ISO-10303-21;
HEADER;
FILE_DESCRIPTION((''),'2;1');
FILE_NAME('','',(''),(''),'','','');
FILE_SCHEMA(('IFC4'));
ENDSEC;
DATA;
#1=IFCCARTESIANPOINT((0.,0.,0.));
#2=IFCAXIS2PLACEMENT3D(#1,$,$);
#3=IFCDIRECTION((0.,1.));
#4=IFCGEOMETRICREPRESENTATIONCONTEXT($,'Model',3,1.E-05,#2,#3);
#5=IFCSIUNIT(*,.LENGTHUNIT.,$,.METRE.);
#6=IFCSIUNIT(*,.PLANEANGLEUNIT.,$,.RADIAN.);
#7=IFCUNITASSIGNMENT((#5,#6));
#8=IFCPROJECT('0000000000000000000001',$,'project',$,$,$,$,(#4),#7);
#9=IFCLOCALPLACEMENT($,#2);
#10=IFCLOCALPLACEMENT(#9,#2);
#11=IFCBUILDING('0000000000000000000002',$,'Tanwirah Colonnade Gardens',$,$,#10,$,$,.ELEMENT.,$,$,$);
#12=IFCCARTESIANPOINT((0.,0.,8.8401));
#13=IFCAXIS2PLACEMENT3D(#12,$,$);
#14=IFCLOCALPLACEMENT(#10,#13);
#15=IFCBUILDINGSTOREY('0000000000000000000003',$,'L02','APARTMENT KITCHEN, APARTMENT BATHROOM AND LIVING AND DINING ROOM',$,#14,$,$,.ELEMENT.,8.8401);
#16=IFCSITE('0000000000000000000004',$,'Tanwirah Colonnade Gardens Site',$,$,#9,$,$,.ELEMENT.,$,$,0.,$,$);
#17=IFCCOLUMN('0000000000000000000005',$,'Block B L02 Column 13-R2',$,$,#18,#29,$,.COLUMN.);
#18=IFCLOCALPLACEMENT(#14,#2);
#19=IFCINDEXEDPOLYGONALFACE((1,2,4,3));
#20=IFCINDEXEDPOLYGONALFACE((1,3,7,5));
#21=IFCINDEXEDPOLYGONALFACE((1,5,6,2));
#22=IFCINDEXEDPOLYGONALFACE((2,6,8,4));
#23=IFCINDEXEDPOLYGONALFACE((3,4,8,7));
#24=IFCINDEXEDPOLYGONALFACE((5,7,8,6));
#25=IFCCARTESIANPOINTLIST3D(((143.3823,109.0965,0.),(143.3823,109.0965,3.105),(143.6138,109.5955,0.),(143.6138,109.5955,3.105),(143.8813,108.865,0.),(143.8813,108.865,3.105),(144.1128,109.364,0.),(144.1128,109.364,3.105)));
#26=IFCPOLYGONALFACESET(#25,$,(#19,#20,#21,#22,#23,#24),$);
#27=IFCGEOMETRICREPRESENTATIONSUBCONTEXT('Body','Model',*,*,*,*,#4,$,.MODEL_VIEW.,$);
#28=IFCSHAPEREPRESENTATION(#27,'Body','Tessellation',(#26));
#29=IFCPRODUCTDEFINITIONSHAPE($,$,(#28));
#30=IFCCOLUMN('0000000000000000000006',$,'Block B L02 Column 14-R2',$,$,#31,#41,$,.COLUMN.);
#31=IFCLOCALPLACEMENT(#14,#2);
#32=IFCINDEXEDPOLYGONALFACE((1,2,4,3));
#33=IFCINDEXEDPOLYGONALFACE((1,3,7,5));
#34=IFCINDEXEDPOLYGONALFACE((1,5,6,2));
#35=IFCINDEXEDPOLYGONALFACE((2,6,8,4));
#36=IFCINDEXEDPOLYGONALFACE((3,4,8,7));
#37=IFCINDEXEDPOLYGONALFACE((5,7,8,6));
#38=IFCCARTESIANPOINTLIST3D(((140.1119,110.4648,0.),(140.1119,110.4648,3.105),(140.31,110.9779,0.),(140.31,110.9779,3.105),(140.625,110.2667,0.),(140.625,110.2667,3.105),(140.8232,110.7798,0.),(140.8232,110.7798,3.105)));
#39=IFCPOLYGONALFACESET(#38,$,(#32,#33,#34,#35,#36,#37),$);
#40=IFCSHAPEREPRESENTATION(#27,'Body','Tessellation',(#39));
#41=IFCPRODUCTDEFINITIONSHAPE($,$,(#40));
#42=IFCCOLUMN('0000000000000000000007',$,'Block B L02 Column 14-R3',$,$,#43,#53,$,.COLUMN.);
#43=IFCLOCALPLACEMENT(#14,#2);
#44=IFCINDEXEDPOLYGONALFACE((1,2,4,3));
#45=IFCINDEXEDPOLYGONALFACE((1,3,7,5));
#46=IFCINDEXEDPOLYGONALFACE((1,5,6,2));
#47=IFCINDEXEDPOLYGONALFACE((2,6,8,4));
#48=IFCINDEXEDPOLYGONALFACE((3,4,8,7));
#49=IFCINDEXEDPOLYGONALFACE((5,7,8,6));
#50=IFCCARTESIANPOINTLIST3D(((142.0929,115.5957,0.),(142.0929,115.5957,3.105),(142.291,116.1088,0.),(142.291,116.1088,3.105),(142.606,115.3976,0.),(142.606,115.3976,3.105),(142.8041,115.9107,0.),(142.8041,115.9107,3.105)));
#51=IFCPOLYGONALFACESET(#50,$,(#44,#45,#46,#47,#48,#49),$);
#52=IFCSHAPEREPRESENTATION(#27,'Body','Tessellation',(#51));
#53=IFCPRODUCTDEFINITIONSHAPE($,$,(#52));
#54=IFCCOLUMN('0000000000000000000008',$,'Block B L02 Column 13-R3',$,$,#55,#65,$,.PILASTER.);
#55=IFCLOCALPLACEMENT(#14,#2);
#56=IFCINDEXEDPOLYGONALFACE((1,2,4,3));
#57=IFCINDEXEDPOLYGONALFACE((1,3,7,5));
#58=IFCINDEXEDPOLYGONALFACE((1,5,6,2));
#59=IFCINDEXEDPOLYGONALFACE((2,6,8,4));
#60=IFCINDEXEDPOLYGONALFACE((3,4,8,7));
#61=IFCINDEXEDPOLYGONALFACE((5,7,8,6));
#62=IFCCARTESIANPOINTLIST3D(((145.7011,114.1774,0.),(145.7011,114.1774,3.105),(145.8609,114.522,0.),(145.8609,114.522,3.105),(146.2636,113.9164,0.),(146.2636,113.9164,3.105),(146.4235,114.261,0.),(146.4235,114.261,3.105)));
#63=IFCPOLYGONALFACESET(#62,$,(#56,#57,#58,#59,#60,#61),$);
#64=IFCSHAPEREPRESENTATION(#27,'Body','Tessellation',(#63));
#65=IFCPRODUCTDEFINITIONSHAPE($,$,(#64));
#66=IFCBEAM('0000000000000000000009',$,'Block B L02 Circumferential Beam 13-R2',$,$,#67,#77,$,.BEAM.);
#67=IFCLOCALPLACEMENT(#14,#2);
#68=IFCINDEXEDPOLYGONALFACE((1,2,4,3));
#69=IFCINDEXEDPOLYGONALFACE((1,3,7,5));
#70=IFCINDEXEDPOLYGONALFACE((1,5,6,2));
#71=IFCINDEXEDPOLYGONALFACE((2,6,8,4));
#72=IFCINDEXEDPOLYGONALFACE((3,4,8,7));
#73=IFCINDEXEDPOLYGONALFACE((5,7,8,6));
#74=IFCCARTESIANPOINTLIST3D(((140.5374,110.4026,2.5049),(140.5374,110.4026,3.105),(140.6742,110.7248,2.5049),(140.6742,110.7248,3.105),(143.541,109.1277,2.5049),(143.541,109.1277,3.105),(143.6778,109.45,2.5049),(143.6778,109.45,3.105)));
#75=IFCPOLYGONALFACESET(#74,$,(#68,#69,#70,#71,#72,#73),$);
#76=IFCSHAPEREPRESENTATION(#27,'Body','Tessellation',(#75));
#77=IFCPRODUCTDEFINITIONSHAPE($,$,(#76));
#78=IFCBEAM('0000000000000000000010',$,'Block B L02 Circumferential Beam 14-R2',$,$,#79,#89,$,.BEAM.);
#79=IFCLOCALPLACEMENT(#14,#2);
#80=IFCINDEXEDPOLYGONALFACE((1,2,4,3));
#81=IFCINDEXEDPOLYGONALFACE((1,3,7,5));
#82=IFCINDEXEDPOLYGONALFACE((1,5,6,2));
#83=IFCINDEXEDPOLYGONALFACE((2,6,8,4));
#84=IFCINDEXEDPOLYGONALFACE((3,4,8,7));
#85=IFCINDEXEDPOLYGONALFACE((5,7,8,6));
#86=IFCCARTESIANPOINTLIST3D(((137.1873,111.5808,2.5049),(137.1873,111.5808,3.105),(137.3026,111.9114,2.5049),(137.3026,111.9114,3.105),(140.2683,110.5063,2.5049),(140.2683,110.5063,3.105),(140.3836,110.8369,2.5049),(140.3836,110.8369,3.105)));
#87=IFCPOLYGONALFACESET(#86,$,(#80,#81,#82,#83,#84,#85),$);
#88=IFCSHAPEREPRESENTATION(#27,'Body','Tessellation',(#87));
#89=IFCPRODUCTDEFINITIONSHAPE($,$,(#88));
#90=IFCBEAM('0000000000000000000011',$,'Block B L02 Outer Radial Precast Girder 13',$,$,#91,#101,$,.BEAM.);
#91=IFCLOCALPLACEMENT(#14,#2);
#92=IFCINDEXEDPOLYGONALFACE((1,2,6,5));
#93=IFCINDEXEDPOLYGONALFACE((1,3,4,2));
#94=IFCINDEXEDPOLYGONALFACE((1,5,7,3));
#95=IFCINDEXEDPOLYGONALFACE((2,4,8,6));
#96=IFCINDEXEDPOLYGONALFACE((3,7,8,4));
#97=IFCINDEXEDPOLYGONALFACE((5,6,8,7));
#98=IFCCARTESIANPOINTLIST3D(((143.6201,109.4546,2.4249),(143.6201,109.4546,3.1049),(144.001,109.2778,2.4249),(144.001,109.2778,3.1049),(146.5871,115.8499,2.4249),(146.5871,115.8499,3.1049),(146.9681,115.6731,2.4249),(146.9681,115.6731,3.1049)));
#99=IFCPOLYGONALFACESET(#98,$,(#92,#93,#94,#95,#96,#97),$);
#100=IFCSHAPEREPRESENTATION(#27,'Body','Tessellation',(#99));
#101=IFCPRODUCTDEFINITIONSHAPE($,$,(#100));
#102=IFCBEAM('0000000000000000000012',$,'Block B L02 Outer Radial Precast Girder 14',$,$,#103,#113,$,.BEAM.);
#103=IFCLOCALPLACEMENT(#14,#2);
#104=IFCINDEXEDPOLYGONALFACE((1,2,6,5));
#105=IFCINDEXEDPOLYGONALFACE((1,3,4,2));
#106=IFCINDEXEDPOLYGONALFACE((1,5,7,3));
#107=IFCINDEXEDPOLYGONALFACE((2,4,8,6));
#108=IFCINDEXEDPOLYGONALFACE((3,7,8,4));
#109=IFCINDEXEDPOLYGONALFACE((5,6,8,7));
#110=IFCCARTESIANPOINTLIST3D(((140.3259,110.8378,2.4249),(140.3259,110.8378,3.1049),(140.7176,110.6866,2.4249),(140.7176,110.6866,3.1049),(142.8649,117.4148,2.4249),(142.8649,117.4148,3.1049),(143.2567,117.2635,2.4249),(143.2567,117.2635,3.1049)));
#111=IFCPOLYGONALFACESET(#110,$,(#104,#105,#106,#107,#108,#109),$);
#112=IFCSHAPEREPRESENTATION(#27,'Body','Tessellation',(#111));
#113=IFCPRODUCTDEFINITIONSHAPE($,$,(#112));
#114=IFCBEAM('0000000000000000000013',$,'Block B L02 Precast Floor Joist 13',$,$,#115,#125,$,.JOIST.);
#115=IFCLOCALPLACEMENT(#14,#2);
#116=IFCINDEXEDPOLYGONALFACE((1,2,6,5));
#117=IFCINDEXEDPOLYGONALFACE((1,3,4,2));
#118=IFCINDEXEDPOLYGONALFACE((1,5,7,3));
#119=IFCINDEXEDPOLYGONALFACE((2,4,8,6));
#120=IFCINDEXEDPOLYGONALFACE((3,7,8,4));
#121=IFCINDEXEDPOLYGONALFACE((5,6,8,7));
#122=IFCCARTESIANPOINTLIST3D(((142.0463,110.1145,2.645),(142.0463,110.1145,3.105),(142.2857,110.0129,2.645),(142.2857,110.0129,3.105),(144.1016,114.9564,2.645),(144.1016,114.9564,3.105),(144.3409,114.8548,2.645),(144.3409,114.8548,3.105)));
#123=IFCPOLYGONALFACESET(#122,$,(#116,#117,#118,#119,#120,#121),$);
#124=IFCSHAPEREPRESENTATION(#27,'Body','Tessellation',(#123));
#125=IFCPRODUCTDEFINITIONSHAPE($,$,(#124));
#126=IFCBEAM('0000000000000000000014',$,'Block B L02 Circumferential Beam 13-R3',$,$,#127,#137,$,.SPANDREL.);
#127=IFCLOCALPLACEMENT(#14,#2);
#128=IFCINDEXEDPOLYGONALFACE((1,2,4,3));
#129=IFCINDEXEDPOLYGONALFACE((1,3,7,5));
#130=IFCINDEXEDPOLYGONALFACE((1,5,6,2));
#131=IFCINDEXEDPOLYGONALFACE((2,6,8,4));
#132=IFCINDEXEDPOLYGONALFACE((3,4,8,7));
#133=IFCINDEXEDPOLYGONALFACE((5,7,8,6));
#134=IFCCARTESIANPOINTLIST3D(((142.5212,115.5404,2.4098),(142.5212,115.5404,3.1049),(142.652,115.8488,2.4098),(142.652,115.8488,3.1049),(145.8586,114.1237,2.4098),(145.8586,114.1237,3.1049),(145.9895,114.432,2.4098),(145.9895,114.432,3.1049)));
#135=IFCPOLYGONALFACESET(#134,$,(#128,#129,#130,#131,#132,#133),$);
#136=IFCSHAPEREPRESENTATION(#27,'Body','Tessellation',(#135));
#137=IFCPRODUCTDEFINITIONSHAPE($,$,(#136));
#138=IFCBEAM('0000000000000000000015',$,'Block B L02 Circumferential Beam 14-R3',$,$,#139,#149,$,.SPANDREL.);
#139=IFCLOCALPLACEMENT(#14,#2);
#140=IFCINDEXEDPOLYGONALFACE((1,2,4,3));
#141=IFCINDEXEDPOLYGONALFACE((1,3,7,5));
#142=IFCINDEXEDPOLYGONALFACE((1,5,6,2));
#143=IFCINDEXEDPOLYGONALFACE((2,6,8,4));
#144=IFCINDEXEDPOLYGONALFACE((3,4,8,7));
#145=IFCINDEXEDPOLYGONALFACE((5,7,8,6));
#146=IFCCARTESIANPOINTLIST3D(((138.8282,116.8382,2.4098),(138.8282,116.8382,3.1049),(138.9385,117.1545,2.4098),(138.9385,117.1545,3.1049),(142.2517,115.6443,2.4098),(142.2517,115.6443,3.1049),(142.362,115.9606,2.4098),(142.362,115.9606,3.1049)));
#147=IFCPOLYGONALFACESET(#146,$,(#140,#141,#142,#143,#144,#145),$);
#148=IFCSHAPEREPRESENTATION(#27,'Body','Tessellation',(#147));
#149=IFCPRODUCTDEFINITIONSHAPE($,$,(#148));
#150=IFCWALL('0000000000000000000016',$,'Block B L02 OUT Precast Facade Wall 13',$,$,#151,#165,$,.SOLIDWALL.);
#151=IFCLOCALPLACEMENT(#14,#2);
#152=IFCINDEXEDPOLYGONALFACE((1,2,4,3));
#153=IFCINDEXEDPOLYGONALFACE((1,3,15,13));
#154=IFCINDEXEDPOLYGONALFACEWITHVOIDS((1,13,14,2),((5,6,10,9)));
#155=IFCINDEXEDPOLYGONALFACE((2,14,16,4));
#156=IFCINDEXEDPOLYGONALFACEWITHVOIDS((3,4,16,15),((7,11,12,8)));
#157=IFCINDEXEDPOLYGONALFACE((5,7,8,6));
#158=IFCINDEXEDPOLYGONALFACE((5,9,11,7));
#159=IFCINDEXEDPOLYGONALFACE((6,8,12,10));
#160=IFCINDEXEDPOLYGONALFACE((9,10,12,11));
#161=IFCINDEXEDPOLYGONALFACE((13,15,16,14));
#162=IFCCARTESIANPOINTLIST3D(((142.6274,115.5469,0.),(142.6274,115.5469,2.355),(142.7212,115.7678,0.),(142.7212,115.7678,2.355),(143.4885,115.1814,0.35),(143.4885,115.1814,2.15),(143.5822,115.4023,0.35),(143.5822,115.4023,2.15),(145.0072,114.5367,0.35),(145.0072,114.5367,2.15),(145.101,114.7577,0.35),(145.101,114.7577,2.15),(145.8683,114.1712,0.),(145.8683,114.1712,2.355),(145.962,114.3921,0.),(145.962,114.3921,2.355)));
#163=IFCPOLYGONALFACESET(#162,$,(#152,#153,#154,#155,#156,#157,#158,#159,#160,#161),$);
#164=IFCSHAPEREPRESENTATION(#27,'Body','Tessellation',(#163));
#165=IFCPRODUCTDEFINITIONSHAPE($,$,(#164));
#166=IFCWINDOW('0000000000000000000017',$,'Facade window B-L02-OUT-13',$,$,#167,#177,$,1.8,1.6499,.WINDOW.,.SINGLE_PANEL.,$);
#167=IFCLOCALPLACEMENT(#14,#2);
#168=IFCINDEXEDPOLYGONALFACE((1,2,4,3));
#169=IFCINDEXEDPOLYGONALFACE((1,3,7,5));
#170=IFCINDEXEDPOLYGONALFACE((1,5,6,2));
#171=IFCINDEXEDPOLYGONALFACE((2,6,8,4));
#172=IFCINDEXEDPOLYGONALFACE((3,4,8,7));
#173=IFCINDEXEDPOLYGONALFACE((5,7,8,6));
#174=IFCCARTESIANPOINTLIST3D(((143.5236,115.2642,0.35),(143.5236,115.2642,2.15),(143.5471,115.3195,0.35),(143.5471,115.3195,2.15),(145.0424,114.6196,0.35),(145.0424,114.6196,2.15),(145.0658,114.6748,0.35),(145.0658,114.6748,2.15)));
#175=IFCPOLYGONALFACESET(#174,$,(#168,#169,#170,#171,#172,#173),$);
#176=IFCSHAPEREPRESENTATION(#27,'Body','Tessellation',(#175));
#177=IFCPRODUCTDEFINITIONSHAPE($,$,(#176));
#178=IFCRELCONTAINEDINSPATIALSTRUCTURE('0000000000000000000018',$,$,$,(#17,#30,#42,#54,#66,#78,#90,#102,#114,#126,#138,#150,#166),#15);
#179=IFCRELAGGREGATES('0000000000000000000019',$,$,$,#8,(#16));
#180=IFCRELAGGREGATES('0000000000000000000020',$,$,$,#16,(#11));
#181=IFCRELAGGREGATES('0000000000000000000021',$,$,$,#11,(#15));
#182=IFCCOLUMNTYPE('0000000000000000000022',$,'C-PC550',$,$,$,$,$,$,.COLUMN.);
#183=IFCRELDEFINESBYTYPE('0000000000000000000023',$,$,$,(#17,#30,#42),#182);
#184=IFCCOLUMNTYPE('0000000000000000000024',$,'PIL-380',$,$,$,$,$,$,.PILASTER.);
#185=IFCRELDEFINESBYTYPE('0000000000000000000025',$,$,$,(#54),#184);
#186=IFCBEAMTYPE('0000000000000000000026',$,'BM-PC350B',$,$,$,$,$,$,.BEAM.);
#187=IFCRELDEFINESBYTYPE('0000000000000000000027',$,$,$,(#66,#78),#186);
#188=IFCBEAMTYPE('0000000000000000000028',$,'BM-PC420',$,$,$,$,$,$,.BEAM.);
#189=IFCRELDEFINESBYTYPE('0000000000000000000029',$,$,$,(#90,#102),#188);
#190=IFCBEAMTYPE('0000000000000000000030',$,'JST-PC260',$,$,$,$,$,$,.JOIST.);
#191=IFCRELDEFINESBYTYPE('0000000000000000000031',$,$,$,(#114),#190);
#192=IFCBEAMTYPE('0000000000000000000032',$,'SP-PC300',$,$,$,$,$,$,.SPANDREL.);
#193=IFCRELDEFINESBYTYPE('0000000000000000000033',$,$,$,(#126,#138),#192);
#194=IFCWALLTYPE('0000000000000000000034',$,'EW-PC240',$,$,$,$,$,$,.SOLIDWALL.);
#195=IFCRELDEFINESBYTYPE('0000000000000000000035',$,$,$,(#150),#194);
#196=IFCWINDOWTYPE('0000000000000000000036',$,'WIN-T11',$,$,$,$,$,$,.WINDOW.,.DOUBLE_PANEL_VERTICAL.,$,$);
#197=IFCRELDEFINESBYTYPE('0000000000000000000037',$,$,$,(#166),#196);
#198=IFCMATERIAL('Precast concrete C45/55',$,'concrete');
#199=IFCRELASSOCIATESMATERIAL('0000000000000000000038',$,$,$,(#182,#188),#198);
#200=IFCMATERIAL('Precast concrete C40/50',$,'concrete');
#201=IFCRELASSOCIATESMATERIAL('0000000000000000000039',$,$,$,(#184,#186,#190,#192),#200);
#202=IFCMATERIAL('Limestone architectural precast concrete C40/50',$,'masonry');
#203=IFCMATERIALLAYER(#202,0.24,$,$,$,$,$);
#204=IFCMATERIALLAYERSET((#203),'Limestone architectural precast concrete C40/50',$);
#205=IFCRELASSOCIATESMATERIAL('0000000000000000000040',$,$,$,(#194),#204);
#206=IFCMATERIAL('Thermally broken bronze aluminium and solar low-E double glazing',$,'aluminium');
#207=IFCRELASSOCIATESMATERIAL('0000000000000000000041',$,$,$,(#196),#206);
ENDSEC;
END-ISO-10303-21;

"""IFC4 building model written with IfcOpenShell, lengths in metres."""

from ifc_helpers import new_model, si_unit, direction, frame, frame_2d, origin, origin_2d, place, context, subcontext, project, spatial, rectangle, extrude, material, layer, layer_set, material_profile, profile_set, type_object, element, fill, save


model = new_model("IFC4")

# Units and contexts
model_context = context("Model", 3, precision=1e-05, world=origin(), true_north=direction((0.0, 1.0)))
body_context = subcontext(model_context, "Body", "Model", "MODEL_VIEW")
ifc_project = project(units=[si_unit("LENGTHUNIT", "METRE"), si_unit("PLANEANGLEUNIT", "RADIAN")], contexts=[model_context])

# Site, building, storey
site_placement = place(None, origin())
site = spatial("IfcSite", under=ifc_project, at=site_placement, Name="Tanwirah Colonnade Gardens Site", CompositionType="ELEMENT", RefElevation=0.0)
building_placement = place(site_placement, origin())
building = spatial("IfcBuilding", under=site, at=building_placement, Name="Tanwirah Colonnade Gardens", CompositionType="ELEMENT")
storey_placement = place(building_placement, frame((0.0, 0.0, 8.8401)))
storey = spatial("IfcBuildingStorey", under=building, at=storey_placement, Name="L02", Description="APARTMENT KITCHEN, APARTMENT BATHROOM AND LIVING AND DINING ROOM", CompositionType="ELEMENT", Elevation=8.8401)

# Columns
ifc_material_1 = material(Name="Precast concrete C45/55", Category="concrete")
ifc_material_profile_1 = material_profile(ifc_material_1, rectangle(XDim=0.55, YDim=0.55, at=origin_2d()), Name="PC-COL 550x550")
ifc_profile_set_1 = profile_set([ifc_material_profile_1], Name="Precast concrete C45/55")
column_type_1 = type_object("IfcColumnType", Name="C-PC550", PredefinedType="COLUMN", material=ifc_profile_set_1)
for number, where, z_axis, x_axis, name in (
    (1, (143.7476, 109.2302, 0.0), (0.0, 0.0, 1.0), (0.42086, 0.907126, 0.0), "Block B L02 Column 13-R2"),
    (2, (140.4675, 110.6223, 0.0), (0.0, 0.0, 1.0), (0.360178, 0.932884, 0.0), "Block B L02 Column 14-R2"),
    (3, (142.4485, 115.7532, 0.0), (0.0, 0.0, 1.0), (0.360178, 0.932884, 0.0), "Block B L02 Column 14-R3"),
):
    element("IfcColumn", number, at=place(storey_placement, frame(where, z_axis=z_axis, x_axis=x_axis)), inside=storey, type_object=column_type_1, Name=name, PredefinedType="COLUMN", context=body_context, shape_type="SweptSolid", body=[
        extrude(rectangle(XDim=0.55, YDim=0.55, at=origin_2d()), origin(), (0.0, 0.0, 1.0), 3.105),
    ])
ifc_material_2 = material(Name="Precast concrete C40/50", Category="concrete")
ifc_material_profile_2 = material_profile(ifc_material_2, rectangle(XDim=0.3799, YDim=0.6201, at=origin_2d()), Name="PC-PIL 380x620")
ifc_profile_set_2 = profile_set([ifc_material_profile_2], Name="Precast concrete C40/50")
column_type_2 = type_object("IfcColumnType", Name="PIL-380", PredefinedType="PILASTER", material=ifc_profile_set_2)
column_placement = place(storey_placement, frame((146.0623, 114.2192, 0.0), z_axis=(0.0, 0.0, 1.0), x_axis=(0.42086, 0.907126, 0.0)))
element("IfcColumn", 4, at=column_placement, inside=storey, type_object=column_type_2, Name="Block B L02 Column 13-R3", PredefinedType="PILASTER", context=body_context, shape_type="SweptSolid", body=[
    extrude(rectangle(XDim=0.3799, YDim=0.6201, at=origin_2d()), origin(), (0.0, 0.0, 1.0), 3.105),
])

# Beams
ifc_material_profile_3 = material_profile(ifc_material_2, rectangle(XDim=0.3501, YDim=0.6001, at=origin_2d()), Name="PC-BM 350x600")
ifc_profile_set_3 = profile_set([ifc_material_profile_3], Name="Precast concrete C40/50")
beam_type_1 = type_object("IfcBeamType", Name="BM-PC350B", PredefinedType="BEAM", material=ifc_profile_set_3)
for number, where, z_axis, x_axis, name in (
    (5, (143.6094, 109.2888, 2.8049), (-0.920513, 0.390711, 0.0), (-0.390711, -0.920513, 0.0), "Block B L02 Circumferential Beam 13-R2"),
    (6, (140.3259, 110.6716, 2.8049), (-0.944231, 0.329284, 0.0), (-0.329284, -0.944231, 0.0), "Block B L02 Circumferential Beam 14-R2"),
):
    element("IfcBeam", number, at=place(storey_placement, frame(where, z_axis=z_axis, x_axis=x_axis)), inside=storey, type_object=beam_type_1, Name=name, PredefinedType="BEAM", context=body_context, shape_type="SweptSolid", body=[
        extrude(rectangle(XDim=0.3501, YDim=0.6001, at=origin_2d()), origin(), (0.0, 0.0, 1.0), 3.2629),
    ])
ifc_material_profile_4 = material_profile(ifc_material_1, rectangle(XDim=0.4199, YDim=0.6799, at=origin_2d()), Name="PC-BM 420x680")
ifc_profile_set_4 = profile_set([ifc_material_profile_4], Name="Precast concrete C45/55")
beam_type_2 = type_object("IfcBeamType", Name="BM-PC420", PredefinedType="BEAM", material=ifc_profile_set_4)
for number, where, z_axis, x_axis, name in (
    (7, (143.8105, 109.3662, 2.7649), (0.420856, 0.907128, 0.0), (-0.907128, 0.420856, 0.0), "Block B L02 Outer Radial Precast Girder 13"),
    (8, (140.5217, 110.7622, 2.7649), (0.360151, 0.932894, 0.0), (-0.932894, 0.360151, 0.0), "Block B L02 Outer Radial Precast Girder 14"),
):
    element("IfcBeam", number, at=place(storey_placement, frame(where, z_axis=z_axis, x_axis=x_axis)), inside=storey, type_object=beam_type_2, Name=name, PredefinedType="BEAM", context=body_context, shape_type="SweptSolid", body=[
        extrude(rectangle(XDim=0.4199, YDim=0.6799, at=origin_2d()), origin(), (0.0, 0.0, 1.0), 7.05),
    ])
ifc_material_profile_5 = material_profile(ifc_material_2, rectangle(XDim=0.26, YDim=0.46, at=origin_2d()), Name="PC-JST 260x460")
ifc_profile_set_5 = profile_set([ifc_material_profile_5], Name="Precast concrete C40/50")
beam_type_3 = type_object("IfcBeamType", Name="JST-PC260", PredefinedType="JOIST", material=ifc_profile_set_5)
beam_placement = place(storey_placement, frame((142.166, 110.0637, 2.875), z_axis=(0.390724, 0.920508, 0.0), x_axis=(-0.920508, 0.390724, 0.0)))
element("IfcBeam", 9, at=beam_placement, inside=storey, type_object=beam_type_3, Name="Block B L02 Precast Floor Joist 13", PredefinedType="JOIST", context=body_context, shape_type="SweptSolid", body=[
    extrude(rectangle(XDim=0.26, YDim=0.46, at=origin_2d()), origin(), (0.0, 0.0, 1.0), 5.26),
])
ifc_material_profile_6 = material_profile(ifc_material_2, rectangle(XDim=0.335, YDim=0.6951, at=origin_2d()), Name="PC-SP 335x695")
ifc_profile_set_6 = profile_set([ifc_material_profile_6], Name="Precast concrete C40/50")
beam_type_4 = type_object("IfcBeamType", Name="SP-PC300", PredefinedType="SPANDREL", material=ifc_profile_set_6)
for number, where, z_axis, x_axis, name in (
    (10, (145.9241, 114.2778, 2.7573), (-0.920494, 0.390756, 0.0), (-0.390756, -0.920494, 0.0), "Block B L02 Circumferential Beam 13-R3"),
    (11, (142.3069, 115.8025, 2.7573), (-0.944237, 0.329267, 0.0), (-0.329267, -0.944237, 0.0), "Block B L02 Circumferential Beam 14-R3"),
):
    element("IfcBeam", number, at=place(storey_placement, frame(where, z_axis=z_axis, x_axis=x_axis)), inside=storey, type_object=beam_type_4, Name=name, PredefinedType="SPANDREL", context=body_context, shape_type="SweptSolid", body=[
        extrude(rectangle(XDim=0.335, YDim=0.6951, at=origin_2d()), origin(), (0.0, 0.0, 1.0), 3.6257),
    ])

# Wall, opening, window
ifc_material_3 = material(Name="Limestone architectural precast concrete C40/50", Category="masonry")
ifc_layer_1 = layer(ifc_material_3, 0.24)
ifc_layer_set_1 = layer_set([ifc_layer_1], Name="Limestone architectural precast concrete C40/50")
wall_type_1 = type_object("IfcWallType", Name="EW-PC240", PredefinedType="SOLIDWALL", material=ifc_layer_set_1)
wall_1_placement = place(storey_placement, frame((145.915, 114.2817, 0.0), z_axis=(0.0, 0.0, 1.0), x_axis=(-0.920502, 0.390737, 0.0)))
wall_1 = element("IfcWall", 12, at=wall_1_placement, inside=storey, type_object=wall_type_1, Name="Block B L02 OUT Precast Facade Wall 13", PredefinedType="SOLIDWALL", context=body_context, shape_type="SweptSolid", body=[
    extrude(rectangle(XDim=3.5208, YDim=0.24, at=frame_2d((1.7603, 0.0))), origin(), (0.0, 0.0, 1.0), 2.355),
])
opening_1_placement = place(wall_1_placement, frame((0.9353, 0.0, 0.3501)))
opening_1 = element("IfcOpeningElement", 13, at=opening_1_placement, cuts=wall_1, PredefinedType="OPENING", context=body_context, shape_type="SweptSolid", body=[
    extrude(rectangle(XDim=1.6499, YDim=1.8, at=frame_2d((0.825, 0.8999))), frame((0.0, 0.1299, 0.0), z_axis=(0.0, -1.0, 0.0), x_axis=(1.0, 0.0, 0.0)), (0.0, 0.0, 1.0), 0.26),
])
ifc_material_4 = material(Name="Thermally broken bronze aluminium and solar low-E double glazing", Category="aluminium")
window_type = type_object("IfcWindowType", Name="WIN-T11", PartitioningType="DOUBLE_PANEL_VERTICAL", PredefinedType="WINDOW", material=ifc_material_4)
window_placement = place(opening_1_placement, origin())
window = element("IfcWindow", 14, at=window_placement, inside=storey, type_object=window_type, Name="Facade window B-L02-OUT-13", OverallHeight=1.8, OverallWidth=1.6499, PartitioningType="SINGLE_PANEL", PredefinedType="WINDOW", context=body_context, shape_type="SweptSolid", body=[
    extrude(rectangle(XDim=1.6499, YDim=1.8, at=frame_2d((0.825, 0.8999))), frame((0.0, 0.03, 0.0), z_axis=(0.0, -1.0, 0.0), x_axis=(1.0, 0.0, 0.0)), (0.0, 0.0, 1.0), 0.0601),
])
fill(opening_1, window)

save(model, "model.ifc")
